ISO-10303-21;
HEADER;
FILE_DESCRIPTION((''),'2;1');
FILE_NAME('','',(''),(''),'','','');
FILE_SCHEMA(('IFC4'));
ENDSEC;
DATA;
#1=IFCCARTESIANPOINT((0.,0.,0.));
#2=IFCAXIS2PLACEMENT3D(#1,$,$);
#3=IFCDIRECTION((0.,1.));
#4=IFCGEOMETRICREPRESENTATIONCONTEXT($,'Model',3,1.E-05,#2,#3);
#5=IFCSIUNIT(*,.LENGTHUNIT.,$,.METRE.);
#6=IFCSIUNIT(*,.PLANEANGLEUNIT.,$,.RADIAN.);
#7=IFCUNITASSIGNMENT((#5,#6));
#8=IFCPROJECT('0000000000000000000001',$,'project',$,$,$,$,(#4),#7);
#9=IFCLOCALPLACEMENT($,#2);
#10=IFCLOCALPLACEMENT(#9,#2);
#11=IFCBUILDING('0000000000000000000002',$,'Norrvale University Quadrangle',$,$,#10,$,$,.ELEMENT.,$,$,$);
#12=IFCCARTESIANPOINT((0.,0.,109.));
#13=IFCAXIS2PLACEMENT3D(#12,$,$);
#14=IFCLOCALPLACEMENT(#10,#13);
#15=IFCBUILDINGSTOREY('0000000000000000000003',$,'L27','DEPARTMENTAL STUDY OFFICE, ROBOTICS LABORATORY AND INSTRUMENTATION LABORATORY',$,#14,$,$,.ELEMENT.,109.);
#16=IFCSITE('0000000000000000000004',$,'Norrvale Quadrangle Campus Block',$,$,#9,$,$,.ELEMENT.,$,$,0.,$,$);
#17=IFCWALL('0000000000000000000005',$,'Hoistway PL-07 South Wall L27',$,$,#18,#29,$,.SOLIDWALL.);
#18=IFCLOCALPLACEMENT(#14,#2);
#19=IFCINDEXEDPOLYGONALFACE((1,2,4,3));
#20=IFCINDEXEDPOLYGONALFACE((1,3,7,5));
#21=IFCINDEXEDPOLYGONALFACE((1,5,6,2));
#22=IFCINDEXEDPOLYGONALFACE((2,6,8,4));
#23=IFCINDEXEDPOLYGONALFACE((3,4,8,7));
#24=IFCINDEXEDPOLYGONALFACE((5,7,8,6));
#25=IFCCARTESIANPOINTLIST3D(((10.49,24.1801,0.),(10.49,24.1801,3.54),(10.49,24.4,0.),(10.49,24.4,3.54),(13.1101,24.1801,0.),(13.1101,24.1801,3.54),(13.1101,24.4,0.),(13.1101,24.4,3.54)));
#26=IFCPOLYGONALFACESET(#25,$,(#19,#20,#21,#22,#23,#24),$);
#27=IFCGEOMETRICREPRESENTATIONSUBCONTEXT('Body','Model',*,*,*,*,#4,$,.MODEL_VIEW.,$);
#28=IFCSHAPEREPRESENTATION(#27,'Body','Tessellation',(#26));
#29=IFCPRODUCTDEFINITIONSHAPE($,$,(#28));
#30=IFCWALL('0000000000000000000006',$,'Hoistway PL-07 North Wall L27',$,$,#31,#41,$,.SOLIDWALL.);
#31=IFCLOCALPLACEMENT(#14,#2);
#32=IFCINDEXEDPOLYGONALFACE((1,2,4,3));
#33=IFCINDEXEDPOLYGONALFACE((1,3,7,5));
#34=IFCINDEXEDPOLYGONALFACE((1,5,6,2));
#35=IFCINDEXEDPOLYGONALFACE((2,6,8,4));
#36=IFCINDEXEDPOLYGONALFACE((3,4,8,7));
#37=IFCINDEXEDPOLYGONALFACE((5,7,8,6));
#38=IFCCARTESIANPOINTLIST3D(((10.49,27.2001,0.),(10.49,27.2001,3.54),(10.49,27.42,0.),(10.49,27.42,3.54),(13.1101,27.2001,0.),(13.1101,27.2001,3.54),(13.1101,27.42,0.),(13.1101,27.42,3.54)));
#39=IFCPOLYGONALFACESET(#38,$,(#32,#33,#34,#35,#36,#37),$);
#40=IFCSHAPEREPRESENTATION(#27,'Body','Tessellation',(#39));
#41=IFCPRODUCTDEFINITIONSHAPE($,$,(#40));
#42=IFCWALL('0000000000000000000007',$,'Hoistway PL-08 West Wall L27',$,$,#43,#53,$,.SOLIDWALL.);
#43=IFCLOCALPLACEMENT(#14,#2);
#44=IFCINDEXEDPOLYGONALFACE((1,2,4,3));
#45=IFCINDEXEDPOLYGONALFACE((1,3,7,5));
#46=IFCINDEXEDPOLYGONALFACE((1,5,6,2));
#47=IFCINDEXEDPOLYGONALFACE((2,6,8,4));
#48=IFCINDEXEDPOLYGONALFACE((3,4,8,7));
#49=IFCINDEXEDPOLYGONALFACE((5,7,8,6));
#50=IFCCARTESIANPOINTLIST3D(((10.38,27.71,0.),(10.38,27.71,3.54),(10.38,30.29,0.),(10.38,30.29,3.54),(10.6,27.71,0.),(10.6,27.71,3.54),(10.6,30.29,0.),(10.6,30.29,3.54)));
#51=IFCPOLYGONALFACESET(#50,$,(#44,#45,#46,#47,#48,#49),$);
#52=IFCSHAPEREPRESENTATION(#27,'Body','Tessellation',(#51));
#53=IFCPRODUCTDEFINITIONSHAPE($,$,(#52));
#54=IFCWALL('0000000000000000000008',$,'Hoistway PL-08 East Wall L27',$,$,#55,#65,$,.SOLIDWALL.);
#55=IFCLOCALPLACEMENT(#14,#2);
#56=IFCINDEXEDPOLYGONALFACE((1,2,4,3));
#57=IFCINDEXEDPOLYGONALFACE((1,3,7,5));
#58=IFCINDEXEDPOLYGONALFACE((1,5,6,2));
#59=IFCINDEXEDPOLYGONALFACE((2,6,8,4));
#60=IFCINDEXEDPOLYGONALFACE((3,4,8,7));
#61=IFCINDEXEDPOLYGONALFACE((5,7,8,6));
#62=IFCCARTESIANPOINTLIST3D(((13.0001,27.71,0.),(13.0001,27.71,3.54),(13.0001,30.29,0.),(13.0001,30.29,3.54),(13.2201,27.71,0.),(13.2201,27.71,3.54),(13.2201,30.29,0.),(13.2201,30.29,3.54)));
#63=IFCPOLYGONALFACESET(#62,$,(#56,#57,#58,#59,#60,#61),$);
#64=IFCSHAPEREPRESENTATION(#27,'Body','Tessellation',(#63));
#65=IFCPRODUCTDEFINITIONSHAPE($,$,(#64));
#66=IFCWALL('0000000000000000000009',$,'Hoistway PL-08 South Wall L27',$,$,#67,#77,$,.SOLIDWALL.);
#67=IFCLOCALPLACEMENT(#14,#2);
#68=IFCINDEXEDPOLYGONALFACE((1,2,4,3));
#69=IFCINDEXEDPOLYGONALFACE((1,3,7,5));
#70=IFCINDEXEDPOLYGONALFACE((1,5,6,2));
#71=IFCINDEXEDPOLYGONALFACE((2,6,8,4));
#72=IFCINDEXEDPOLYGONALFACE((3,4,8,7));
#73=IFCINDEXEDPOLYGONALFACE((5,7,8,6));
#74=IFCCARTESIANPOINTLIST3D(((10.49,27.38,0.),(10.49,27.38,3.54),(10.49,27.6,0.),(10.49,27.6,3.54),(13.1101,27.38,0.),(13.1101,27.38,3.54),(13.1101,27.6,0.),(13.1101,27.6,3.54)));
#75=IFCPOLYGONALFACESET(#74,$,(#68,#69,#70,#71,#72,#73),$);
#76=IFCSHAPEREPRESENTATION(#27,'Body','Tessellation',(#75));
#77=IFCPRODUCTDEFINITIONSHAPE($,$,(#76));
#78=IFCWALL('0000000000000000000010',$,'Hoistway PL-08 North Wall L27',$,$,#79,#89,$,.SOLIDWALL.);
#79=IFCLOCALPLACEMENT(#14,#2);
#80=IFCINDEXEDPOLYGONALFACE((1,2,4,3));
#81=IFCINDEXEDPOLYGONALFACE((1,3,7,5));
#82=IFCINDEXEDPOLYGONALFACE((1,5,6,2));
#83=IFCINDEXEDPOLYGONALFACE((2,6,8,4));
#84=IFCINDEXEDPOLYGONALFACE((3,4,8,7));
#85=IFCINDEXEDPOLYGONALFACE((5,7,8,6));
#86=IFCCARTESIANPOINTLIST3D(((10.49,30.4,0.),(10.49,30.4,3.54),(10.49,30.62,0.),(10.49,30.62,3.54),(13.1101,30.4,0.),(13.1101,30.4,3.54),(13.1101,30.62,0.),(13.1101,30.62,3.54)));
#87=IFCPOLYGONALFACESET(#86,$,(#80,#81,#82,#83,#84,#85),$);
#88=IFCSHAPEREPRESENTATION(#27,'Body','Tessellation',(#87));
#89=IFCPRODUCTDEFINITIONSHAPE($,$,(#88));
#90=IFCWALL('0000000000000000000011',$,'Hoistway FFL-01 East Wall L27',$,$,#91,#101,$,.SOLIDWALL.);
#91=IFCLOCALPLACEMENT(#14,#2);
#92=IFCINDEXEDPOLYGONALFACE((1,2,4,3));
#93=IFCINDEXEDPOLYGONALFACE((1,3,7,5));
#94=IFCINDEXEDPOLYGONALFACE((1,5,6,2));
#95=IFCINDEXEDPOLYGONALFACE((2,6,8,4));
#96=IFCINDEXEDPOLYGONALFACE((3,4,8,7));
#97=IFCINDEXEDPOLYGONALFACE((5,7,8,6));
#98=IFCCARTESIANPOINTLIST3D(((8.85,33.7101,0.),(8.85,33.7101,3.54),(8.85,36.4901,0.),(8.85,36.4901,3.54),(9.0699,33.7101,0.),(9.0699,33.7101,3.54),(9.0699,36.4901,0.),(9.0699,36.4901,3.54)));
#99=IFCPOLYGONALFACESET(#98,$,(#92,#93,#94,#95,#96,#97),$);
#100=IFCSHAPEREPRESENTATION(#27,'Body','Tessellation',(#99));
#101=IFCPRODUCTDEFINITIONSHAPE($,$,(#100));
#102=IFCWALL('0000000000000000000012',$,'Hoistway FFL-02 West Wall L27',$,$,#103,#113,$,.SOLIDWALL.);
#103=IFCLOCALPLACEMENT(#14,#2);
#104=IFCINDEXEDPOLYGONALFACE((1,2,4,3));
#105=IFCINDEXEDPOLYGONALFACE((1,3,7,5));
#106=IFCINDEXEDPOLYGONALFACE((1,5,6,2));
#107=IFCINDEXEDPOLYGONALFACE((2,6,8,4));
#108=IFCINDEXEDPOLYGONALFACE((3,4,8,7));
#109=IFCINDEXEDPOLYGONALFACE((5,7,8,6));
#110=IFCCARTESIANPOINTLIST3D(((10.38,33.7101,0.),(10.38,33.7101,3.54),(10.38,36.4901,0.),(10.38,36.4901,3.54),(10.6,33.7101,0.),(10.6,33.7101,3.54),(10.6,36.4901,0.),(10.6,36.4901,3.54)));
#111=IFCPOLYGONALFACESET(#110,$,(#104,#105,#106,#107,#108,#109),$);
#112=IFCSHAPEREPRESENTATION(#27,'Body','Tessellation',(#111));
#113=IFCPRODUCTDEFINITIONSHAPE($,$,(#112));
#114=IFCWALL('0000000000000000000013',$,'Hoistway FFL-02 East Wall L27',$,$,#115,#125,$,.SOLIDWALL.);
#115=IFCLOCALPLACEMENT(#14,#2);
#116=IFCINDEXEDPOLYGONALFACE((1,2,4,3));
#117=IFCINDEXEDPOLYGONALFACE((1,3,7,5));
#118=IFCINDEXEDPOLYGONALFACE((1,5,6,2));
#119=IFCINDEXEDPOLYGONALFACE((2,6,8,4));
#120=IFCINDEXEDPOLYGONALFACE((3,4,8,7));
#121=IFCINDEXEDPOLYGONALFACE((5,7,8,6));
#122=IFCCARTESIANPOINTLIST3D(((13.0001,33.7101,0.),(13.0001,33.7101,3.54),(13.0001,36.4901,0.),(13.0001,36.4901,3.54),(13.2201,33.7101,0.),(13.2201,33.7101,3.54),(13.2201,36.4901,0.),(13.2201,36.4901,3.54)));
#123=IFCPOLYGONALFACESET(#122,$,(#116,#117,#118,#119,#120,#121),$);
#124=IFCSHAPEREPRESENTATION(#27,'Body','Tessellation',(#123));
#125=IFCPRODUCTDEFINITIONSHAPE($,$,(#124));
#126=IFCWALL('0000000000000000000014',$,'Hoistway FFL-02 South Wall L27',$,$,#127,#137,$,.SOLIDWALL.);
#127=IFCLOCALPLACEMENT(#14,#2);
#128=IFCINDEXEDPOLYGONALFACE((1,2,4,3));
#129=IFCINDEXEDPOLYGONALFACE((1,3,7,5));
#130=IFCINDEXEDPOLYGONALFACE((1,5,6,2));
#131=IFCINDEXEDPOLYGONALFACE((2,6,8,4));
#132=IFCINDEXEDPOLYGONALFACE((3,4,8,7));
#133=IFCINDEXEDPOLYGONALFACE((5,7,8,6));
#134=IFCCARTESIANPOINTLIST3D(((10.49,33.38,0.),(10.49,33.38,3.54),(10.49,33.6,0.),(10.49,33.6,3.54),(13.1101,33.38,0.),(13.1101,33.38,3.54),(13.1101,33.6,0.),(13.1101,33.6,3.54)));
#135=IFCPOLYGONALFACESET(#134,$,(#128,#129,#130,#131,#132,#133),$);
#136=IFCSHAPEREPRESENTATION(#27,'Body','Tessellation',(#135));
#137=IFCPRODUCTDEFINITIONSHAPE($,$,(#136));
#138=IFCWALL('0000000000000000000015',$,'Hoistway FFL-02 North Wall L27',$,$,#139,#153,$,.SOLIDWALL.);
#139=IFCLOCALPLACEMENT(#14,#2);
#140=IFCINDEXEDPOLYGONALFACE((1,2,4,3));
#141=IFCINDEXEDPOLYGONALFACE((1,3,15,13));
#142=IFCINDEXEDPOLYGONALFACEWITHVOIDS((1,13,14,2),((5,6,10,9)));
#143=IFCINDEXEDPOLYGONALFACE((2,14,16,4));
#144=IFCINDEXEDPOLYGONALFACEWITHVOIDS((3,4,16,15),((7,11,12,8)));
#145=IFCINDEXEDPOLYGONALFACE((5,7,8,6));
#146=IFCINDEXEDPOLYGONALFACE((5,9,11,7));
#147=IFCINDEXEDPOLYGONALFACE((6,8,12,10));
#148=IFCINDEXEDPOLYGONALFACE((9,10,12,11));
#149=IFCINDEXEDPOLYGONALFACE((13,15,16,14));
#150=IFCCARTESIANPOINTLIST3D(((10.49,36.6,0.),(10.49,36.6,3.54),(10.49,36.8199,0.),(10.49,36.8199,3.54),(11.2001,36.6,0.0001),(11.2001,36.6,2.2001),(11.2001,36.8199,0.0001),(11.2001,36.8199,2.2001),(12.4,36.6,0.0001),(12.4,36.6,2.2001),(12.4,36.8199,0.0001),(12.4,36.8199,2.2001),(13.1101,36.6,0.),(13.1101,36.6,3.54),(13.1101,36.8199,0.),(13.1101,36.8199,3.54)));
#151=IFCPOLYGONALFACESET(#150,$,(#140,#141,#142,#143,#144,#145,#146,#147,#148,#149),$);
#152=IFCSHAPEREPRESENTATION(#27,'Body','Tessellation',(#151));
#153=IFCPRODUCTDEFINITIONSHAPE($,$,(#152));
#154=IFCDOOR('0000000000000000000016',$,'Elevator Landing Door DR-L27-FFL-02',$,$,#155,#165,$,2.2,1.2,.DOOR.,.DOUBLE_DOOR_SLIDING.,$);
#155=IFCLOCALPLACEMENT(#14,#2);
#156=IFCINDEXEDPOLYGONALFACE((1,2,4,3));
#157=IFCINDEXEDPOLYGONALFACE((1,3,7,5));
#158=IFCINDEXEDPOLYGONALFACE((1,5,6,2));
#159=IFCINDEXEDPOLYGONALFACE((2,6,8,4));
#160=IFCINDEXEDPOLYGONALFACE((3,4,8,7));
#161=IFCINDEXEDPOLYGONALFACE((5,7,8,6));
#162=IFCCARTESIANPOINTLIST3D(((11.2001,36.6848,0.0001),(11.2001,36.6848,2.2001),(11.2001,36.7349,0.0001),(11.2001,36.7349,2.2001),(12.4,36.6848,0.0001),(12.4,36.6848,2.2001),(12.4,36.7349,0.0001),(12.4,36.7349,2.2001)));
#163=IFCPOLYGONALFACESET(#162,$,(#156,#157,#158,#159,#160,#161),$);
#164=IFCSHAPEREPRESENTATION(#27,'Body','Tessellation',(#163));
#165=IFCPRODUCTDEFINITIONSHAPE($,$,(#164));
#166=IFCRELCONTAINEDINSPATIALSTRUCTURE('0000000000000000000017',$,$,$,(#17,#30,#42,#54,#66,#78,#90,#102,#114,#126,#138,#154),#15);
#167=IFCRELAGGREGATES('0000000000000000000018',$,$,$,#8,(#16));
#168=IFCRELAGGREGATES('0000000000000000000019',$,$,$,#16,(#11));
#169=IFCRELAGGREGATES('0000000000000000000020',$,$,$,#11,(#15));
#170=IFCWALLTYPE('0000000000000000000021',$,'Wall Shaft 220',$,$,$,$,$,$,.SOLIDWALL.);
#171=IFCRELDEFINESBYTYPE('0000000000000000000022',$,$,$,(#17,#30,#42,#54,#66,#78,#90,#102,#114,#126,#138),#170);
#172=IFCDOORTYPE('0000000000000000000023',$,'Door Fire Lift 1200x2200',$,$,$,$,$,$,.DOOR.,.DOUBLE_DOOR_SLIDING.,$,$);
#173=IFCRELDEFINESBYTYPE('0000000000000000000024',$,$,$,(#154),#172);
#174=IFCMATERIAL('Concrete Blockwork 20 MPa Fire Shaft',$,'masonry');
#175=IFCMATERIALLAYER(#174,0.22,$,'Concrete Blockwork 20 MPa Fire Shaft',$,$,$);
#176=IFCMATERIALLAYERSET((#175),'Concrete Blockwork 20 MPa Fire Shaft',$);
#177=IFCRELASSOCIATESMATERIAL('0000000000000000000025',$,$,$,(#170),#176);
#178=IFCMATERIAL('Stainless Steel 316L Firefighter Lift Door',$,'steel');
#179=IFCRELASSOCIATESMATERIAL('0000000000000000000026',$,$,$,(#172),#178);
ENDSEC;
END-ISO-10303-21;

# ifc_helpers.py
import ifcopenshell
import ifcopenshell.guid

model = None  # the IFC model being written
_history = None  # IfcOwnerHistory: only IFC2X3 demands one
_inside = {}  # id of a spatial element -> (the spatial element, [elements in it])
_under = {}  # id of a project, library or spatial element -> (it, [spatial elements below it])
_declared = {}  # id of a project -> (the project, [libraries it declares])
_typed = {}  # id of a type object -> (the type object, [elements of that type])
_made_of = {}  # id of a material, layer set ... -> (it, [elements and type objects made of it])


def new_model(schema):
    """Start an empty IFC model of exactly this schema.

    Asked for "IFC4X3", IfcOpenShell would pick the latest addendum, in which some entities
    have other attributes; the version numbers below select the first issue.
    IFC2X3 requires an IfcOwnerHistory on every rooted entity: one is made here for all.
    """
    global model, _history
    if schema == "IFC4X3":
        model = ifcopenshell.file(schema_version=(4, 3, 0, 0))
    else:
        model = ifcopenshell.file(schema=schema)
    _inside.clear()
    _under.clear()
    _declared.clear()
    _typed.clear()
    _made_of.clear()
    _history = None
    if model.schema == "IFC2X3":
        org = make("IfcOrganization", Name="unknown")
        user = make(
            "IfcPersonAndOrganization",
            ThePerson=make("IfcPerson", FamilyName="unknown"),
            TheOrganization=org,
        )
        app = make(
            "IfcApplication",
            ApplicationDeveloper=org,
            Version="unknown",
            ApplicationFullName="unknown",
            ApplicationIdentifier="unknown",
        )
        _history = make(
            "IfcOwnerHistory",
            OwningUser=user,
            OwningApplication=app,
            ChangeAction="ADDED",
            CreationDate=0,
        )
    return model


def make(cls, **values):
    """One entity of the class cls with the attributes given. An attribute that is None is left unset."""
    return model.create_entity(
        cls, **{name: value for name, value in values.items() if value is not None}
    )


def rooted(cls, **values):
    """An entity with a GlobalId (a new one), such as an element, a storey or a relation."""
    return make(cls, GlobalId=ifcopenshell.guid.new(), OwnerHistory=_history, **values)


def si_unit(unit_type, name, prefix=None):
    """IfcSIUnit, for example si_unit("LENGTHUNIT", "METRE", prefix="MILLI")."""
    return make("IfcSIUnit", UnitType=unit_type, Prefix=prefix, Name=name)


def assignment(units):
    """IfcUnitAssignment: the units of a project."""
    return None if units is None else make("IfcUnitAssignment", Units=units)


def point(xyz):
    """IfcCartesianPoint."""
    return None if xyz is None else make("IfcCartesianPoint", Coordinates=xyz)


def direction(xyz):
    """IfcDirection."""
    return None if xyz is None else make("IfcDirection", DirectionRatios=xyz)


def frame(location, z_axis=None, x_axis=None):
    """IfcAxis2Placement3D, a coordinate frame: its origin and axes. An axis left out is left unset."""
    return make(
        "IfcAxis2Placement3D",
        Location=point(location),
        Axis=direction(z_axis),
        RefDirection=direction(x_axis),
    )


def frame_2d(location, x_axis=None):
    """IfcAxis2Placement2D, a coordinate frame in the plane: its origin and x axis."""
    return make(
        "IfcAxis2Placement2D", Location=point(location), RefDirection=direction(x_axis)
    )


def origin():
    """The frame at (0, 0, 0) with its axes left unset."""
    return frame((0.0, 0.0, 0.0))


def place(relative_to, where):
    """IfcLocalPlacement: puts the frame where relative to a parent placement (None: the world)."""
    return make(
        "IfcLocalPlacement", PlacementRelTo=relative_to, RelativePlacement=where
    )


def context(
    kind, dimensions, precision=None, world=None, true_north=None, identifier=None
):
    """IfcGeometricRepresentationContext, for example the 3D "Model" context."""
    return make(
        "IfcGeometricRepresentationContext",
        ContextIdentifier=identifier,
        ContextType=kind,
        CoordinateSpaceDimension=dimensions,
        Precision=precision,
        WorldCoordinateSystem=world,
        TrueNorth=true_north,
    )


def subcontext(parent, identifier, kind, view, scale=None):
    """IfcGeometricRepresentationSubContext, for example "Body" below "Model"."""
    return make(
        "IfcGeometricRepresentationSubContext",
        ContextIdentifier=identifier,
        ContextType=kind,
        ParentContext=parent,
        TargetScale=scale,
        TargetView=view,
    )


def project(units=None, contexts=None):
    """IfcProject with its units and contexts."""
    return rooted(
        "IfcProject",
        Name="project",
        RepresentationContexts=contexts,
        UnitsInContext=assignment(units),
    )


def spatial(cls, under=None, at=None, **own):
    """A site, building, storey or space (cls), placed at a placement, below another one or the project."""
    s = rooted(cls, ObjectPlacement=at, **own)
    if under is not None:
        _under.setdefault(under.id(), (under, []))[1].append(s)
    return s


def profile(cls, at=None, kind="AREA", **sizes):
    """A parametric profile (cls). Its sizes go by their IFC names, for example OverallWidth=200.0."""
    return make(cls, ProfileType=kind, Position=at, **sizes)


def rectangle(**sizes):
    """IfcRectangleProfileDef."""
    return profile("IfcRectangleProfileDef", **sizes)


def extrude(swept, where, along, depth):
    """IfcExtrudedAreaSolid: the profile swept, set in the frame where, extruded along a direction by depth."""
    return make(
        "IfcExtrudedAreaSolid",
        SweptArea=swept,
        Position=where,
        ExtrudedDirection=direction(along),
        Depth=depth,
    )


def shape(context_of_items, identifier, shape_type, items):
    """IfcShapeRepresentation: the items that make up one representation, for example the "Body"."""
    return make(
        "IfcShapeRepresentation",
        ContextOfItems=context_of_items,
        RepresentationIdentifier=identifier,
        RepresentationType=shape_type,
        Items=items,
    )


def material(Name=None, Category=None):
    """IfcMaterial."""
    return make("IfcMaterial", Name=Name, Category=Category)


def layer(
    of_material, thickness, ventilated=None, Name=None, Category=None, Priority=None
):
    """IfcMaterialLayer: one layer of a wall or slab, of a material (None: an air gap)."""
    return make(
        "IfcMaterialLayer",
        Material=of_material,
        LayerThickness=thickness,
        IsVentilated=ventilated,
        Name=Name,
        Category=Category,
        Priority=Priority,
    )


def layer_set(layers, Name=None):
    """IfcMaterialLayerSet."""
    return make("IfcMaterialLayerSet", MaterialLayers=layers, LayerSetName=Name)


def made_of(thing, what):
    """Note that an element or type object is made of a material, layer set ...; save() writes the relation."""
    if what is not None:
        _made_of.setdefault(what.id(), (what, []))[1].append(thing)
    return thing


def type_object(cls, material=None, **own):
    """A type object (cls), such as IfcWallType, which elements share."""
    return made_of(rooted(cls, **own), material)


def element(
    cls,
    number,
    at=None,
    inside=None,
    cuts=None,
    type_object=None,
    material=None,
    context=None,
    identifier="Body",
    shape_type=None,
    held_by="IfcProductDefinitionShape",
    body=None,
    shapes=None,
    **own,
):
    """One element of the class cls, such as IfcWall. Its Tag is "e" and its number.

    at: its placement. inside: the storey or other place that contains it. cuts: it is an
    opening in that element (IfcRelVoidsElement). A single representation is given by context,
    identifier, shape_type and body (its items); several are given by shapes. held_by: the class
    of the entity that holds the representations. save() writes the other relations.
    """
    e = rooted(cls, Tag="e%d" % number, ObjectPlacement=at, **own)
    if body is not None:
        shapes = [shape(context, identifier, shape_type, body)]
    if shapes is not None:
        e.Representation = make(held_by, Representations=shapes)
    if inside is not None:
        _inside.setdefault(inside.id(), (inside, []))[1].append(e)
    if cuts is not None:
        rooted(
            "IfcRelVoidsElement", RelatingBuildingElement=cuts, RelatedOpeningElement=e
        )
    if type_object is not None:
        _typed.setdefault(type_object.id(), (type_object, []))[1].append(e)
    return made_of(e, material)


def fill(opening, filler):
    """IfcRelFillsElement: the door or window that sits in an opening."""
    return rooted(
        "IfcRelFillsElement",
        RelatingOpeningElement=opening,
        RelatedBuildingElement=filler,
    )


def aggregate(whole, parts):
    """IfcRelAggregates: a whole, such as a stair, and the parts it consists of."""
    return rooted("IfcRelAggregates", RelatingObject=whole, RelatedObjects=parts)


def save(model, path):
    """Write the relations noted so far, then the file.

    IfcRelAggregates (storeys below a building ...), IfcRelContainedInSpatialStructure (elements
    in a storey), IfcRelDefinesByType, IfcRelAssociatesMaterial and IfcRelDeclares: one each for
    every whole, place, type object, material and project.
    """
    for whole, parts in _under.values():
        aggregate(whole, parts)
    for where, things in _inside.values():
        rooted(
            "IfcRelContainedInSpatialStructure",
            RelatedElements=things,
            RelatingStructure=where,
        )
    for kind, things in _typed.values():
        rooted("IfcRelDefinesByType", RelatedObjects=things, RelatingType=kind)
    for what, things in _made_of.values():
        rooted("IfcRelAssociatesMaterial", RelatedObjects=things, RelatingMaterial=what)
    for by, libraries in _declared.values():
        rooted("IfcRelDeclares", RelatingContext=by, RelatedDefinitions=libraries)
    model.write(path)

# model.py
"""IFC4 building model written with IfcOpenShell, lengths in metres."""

from ifc_helpers import new_model, si_unit, direction, frame, frame_2d, origin, place, context, subcontext, project, spatial, rectangle, extrude, material, layer, layer_set, type_object, element, fill, save


model = new_model("IFC4")

# Units and contexts
model_context = context("Model", 3, precision=1e-05, world=origin(), true_north=direction((0.0, 1.0)))
body_context = subcontext(model_context, "Body", "Model", "MODEL_VIEW")
ifc_project = project(units=[si_unit("LENGTHUNIT", "METRE"), si_unit("PLANEANGLEUNIT", "RADIAN")], contexts=[model_context])

# Site, building, storey
site_placement = place(None, origin())
site = spatial("IfcSite", under=ifc_project, at=site_placement, Name="Norrvale Quadrangle Campus Block", CompositionType="ELEMENT", RefElevation=0.0)
building_placement = place(site_placement, origin())
building = spatial("IfcBuilding", under=site, at=building_placement, Name="Norrvale University Quadrangle", CompositionType="ELEMENT")
storey_placement = place(building_placement, frame((0.0, 0.0, 109.0)))
storey = spatial("IfcBuildingStorey", under=building, at=storey_placement, Name="L27", Description="DEPARTMENTAL STUDY OFFICE, ROBOTICS LABORATORY AND INSTRUMENTATION LABORATORY", CompositionType="ELEMENT", Elevation=109.0)

# Shared definitions
ifc_material_1 = material(Name="Concrete Blockwork 20 MPa Fire Shaft", Category="masonry")
ifc_layer_1 = layer(ifc_material_1, 0.22, Name="Concrete Blockwork 20 MPa Fire Shaft")
ifc_layer_set_1 = layer_set([ifc_layer_1], Name="Concrete Blockwork 20 MPa Fire Shaft")
wall_type_1 = type_object("IfcWallType", Name="Wall Shaft 220", PredefinedType="SOLIDWALL", material=ifc_layer_set_1)

# Walls
for number, where, z_axis, x_axis, name in (
    (1, (10.49, 24.29, 0.0), (0.0, 0.0, 1.0), (1.0, 0.0, 0.0), "Hoistway PL-07 South Wall L27"),
    (2, (10.49, 27.3101, 0.0), (0.0, 0.0, 1.0), (1.0, 0.0, 0.0), "Hoistway PL-07 North Wall L27"),
):
    element("IfcWall", number, at=place(storey_placement, frame(where, z_axis=z_axis, x_axis=x_axis)), inside=storey, type_object=wall_type_1, Name=name, PredefinedType="SOLIDWALL", context=body_context, shape_type="SweptSolid", body=[
        extrude(rectangle(XDim=2.6201, YDim=0.22, at=frame_2d((1.3101, 0.0))), origin(), (0.0, 0.0, 1.0), 3.54),
    ])
for number, where, z_axis, x_axis, name in (
    (3, (10.49, 27.71, 0.0), (0.0, 0.0, 1.0), (0.0, 1.0, 0.0), "Hoistway PL-08 West Wall L27"),
    (4, (13.1101, 27.71, 0.0), (0.0, 0.0, 1.0), (0.0, 1.0, 0.0), "Hoistway PL-08 East Wall L27"),
):
    element("IfcWall", number, at=place(storey_placement, frame(where, z_axis=z_axis, x_axis=x_axis)), inside=storey, type_object=wall_type_1, Name=name, PredefinedType="SOLIDWALL", context=body_context, shape_type="SweptSolid", body=[
        extrude(rectangle(XDim=2.5801, YDim=0.22, at=frame_2d((1.29, 0.0))), origin(), (0.0, 0.0, 1.0), 3.54),
    ])
for number, where, z_axis, x_axis, name in (
    (5, (10.49, 27.49, 0.0), (0.0, 0.0, 1.0), (1.0, 0.0, 0.0), "Hoistway PL-08 South Wall L27"),
    (6, (10.49, 30.51, 0.0), (0.0, 0.0, 1.0), (1.0, 0.0, 0.0), "Hoistway PL-08 North Wall L27"),
):
    element("IfcWall", number, at=place(storey_placement, frame(where, z_axis=z_axis, x_axis=x_axis)), inside=storey, type_object=wall_type_1, Name=name, PredefinedType="SOLIDWALL", context=body_context, shape_type="SweptSolid", body=[
        extrude(rectangle(XDim=2.6201, YDim=0.22, at=frame_2d((1.3101, 0.0))), origin(), (0.0, 0.0, 1.0), 3.54),
    ])
for number, where, z_axis, x_axis, name in (
    (7, (8.96, 33.71, 0.0), (0.0, 0.0, 1.0), (0.0, 1.0, 0.0), "Hoistway FFL-01 East Wall L27"),
    (8, (10.49, 33.71, 0.0), (0.0, 0.0, 1.0), (0.0, 1.0, 0.0), "Hoistway FFL-02 West Wall L27"),
    (9, (13.1101, 33.71, 0.0), (0.0, 0.0, 1.0), (0.0, 1.0, 0.0), "Hoistway FFL-02 East Wall L27"),
):
    element("IfcWall", number, at=place(storey_placement, frame(where, z_axis=z_axis, x_axis=x_axis)), inside=storey, type_object=wall_type_1, Name=name, PredefinedType="SOLIDWALL", context=body_context, shape_type="SweptSolid", body=[
        extrude(rectangle(XDim=2.78, YDim=0.22, at=frame_2d((1.3901, 0.0))), origin(), (0.0, 0.0, 1.0), 3.54),
    ])
wall_1_placement = place(storey_placement, frame((10.49, 33.49, 0.0), z_axis=(0.0, 0.0, 1.0), x_axis=(1.0, 0.0, 0.0)))
element("IfcWall", 10, at=wall_1_placement, inside=storey, type_object=wall_type_1, Name="Hoistway FFL-02 South Wall L27", PredefinedType="SOLIDWALL", context=body_context, shape_type="SweptSolid", body=[
    extrude(rectangle(XDim=2.6201, YDim=0.22, at=frame_2d((1.3101, 0.0))), origin(), (0.0, 0.0, 1.0), 3.54),
])

# Wall, opening, door
wall_2_placement = place(storey_placement, frame((10.49, 36.71, 0.0), z_axis=(0.0, 0.0, 1.0), x_axis=(1.0, 0.0, 0.0)))
wall_2 = element("IfcWall", 11, at=wall_2_placement, inside=storey, type_object=wall_type_1, Name="Hoistway FFL-02 North Wall L27", PredefinedType="SOLIDWALL", context=body_context, shape_type="SweptSolid", body=[
    extrude(rectangle(XDim=2.6201, YDim=0.22, at=frame_2d((1.3101, 0.0))), origin(), (0.0, 0.0, 1.0), 3.54),
])
opening_1_placement = place(wall_2_placement, frame((0.71, 0.0, 0.0)))
opening_1 = element("IfcOpeningElement", 12, at=opening_1_placement, cuts=wall_2, PredefinedType="OPENING", context=body_context, shape_type="SweptSolid", body=[
    extrude(rectangle(XDim=1.2, YDim=2.2, at=frame_2d((0.6001, 1.1001))), frame((0.0, 0.1221, 0.0), z_axis=(0.0, -1.0, 0.0), x_axis=(1.0, 0.0, 0.0)), (0.0, 0.0, 1.0), 0.2439),
])
ifc_material_2 = material(Name="Stainless Steel 316L Firefighter Lift Door", Category="steel")
door_type_1 = type_object("IfcDoorType", Name="Door Fire Lift 1200x2200", OperationType="DOUBLE_DOOR_SLIDING", PredefinedType="DOOR", material=ifc_material_2)
door_1_placement = place(opening_1_placement, origin())
door_1 = element("IfcDoor", 13, at=door_1_placement, inside=storey, type_object=door_type_1, Name="Elevator Landing Door DR-L27-FFL-02", OperationType="DOUBLE_DOOR_SLIDING", OverallHeight=2.2, OverallWidth=1.2, PredefinedType="DOOR", context=body_context, shape_type="SweptSolid", body=[
    extrude(rectangle(XDim=1.2, YDim=2.2, at=frame_2d((0.6001, 1.1001))), frame((0.0, 0.0249, 0.0), z_axis=(0.0, -1.0, 0.0), x_axis=(1.0, 0.0, 0.0)), (0.0, 0.0, 1.0), 0.05),
])
fill(opening_1, door_1)

save(model, "model.ifc")
